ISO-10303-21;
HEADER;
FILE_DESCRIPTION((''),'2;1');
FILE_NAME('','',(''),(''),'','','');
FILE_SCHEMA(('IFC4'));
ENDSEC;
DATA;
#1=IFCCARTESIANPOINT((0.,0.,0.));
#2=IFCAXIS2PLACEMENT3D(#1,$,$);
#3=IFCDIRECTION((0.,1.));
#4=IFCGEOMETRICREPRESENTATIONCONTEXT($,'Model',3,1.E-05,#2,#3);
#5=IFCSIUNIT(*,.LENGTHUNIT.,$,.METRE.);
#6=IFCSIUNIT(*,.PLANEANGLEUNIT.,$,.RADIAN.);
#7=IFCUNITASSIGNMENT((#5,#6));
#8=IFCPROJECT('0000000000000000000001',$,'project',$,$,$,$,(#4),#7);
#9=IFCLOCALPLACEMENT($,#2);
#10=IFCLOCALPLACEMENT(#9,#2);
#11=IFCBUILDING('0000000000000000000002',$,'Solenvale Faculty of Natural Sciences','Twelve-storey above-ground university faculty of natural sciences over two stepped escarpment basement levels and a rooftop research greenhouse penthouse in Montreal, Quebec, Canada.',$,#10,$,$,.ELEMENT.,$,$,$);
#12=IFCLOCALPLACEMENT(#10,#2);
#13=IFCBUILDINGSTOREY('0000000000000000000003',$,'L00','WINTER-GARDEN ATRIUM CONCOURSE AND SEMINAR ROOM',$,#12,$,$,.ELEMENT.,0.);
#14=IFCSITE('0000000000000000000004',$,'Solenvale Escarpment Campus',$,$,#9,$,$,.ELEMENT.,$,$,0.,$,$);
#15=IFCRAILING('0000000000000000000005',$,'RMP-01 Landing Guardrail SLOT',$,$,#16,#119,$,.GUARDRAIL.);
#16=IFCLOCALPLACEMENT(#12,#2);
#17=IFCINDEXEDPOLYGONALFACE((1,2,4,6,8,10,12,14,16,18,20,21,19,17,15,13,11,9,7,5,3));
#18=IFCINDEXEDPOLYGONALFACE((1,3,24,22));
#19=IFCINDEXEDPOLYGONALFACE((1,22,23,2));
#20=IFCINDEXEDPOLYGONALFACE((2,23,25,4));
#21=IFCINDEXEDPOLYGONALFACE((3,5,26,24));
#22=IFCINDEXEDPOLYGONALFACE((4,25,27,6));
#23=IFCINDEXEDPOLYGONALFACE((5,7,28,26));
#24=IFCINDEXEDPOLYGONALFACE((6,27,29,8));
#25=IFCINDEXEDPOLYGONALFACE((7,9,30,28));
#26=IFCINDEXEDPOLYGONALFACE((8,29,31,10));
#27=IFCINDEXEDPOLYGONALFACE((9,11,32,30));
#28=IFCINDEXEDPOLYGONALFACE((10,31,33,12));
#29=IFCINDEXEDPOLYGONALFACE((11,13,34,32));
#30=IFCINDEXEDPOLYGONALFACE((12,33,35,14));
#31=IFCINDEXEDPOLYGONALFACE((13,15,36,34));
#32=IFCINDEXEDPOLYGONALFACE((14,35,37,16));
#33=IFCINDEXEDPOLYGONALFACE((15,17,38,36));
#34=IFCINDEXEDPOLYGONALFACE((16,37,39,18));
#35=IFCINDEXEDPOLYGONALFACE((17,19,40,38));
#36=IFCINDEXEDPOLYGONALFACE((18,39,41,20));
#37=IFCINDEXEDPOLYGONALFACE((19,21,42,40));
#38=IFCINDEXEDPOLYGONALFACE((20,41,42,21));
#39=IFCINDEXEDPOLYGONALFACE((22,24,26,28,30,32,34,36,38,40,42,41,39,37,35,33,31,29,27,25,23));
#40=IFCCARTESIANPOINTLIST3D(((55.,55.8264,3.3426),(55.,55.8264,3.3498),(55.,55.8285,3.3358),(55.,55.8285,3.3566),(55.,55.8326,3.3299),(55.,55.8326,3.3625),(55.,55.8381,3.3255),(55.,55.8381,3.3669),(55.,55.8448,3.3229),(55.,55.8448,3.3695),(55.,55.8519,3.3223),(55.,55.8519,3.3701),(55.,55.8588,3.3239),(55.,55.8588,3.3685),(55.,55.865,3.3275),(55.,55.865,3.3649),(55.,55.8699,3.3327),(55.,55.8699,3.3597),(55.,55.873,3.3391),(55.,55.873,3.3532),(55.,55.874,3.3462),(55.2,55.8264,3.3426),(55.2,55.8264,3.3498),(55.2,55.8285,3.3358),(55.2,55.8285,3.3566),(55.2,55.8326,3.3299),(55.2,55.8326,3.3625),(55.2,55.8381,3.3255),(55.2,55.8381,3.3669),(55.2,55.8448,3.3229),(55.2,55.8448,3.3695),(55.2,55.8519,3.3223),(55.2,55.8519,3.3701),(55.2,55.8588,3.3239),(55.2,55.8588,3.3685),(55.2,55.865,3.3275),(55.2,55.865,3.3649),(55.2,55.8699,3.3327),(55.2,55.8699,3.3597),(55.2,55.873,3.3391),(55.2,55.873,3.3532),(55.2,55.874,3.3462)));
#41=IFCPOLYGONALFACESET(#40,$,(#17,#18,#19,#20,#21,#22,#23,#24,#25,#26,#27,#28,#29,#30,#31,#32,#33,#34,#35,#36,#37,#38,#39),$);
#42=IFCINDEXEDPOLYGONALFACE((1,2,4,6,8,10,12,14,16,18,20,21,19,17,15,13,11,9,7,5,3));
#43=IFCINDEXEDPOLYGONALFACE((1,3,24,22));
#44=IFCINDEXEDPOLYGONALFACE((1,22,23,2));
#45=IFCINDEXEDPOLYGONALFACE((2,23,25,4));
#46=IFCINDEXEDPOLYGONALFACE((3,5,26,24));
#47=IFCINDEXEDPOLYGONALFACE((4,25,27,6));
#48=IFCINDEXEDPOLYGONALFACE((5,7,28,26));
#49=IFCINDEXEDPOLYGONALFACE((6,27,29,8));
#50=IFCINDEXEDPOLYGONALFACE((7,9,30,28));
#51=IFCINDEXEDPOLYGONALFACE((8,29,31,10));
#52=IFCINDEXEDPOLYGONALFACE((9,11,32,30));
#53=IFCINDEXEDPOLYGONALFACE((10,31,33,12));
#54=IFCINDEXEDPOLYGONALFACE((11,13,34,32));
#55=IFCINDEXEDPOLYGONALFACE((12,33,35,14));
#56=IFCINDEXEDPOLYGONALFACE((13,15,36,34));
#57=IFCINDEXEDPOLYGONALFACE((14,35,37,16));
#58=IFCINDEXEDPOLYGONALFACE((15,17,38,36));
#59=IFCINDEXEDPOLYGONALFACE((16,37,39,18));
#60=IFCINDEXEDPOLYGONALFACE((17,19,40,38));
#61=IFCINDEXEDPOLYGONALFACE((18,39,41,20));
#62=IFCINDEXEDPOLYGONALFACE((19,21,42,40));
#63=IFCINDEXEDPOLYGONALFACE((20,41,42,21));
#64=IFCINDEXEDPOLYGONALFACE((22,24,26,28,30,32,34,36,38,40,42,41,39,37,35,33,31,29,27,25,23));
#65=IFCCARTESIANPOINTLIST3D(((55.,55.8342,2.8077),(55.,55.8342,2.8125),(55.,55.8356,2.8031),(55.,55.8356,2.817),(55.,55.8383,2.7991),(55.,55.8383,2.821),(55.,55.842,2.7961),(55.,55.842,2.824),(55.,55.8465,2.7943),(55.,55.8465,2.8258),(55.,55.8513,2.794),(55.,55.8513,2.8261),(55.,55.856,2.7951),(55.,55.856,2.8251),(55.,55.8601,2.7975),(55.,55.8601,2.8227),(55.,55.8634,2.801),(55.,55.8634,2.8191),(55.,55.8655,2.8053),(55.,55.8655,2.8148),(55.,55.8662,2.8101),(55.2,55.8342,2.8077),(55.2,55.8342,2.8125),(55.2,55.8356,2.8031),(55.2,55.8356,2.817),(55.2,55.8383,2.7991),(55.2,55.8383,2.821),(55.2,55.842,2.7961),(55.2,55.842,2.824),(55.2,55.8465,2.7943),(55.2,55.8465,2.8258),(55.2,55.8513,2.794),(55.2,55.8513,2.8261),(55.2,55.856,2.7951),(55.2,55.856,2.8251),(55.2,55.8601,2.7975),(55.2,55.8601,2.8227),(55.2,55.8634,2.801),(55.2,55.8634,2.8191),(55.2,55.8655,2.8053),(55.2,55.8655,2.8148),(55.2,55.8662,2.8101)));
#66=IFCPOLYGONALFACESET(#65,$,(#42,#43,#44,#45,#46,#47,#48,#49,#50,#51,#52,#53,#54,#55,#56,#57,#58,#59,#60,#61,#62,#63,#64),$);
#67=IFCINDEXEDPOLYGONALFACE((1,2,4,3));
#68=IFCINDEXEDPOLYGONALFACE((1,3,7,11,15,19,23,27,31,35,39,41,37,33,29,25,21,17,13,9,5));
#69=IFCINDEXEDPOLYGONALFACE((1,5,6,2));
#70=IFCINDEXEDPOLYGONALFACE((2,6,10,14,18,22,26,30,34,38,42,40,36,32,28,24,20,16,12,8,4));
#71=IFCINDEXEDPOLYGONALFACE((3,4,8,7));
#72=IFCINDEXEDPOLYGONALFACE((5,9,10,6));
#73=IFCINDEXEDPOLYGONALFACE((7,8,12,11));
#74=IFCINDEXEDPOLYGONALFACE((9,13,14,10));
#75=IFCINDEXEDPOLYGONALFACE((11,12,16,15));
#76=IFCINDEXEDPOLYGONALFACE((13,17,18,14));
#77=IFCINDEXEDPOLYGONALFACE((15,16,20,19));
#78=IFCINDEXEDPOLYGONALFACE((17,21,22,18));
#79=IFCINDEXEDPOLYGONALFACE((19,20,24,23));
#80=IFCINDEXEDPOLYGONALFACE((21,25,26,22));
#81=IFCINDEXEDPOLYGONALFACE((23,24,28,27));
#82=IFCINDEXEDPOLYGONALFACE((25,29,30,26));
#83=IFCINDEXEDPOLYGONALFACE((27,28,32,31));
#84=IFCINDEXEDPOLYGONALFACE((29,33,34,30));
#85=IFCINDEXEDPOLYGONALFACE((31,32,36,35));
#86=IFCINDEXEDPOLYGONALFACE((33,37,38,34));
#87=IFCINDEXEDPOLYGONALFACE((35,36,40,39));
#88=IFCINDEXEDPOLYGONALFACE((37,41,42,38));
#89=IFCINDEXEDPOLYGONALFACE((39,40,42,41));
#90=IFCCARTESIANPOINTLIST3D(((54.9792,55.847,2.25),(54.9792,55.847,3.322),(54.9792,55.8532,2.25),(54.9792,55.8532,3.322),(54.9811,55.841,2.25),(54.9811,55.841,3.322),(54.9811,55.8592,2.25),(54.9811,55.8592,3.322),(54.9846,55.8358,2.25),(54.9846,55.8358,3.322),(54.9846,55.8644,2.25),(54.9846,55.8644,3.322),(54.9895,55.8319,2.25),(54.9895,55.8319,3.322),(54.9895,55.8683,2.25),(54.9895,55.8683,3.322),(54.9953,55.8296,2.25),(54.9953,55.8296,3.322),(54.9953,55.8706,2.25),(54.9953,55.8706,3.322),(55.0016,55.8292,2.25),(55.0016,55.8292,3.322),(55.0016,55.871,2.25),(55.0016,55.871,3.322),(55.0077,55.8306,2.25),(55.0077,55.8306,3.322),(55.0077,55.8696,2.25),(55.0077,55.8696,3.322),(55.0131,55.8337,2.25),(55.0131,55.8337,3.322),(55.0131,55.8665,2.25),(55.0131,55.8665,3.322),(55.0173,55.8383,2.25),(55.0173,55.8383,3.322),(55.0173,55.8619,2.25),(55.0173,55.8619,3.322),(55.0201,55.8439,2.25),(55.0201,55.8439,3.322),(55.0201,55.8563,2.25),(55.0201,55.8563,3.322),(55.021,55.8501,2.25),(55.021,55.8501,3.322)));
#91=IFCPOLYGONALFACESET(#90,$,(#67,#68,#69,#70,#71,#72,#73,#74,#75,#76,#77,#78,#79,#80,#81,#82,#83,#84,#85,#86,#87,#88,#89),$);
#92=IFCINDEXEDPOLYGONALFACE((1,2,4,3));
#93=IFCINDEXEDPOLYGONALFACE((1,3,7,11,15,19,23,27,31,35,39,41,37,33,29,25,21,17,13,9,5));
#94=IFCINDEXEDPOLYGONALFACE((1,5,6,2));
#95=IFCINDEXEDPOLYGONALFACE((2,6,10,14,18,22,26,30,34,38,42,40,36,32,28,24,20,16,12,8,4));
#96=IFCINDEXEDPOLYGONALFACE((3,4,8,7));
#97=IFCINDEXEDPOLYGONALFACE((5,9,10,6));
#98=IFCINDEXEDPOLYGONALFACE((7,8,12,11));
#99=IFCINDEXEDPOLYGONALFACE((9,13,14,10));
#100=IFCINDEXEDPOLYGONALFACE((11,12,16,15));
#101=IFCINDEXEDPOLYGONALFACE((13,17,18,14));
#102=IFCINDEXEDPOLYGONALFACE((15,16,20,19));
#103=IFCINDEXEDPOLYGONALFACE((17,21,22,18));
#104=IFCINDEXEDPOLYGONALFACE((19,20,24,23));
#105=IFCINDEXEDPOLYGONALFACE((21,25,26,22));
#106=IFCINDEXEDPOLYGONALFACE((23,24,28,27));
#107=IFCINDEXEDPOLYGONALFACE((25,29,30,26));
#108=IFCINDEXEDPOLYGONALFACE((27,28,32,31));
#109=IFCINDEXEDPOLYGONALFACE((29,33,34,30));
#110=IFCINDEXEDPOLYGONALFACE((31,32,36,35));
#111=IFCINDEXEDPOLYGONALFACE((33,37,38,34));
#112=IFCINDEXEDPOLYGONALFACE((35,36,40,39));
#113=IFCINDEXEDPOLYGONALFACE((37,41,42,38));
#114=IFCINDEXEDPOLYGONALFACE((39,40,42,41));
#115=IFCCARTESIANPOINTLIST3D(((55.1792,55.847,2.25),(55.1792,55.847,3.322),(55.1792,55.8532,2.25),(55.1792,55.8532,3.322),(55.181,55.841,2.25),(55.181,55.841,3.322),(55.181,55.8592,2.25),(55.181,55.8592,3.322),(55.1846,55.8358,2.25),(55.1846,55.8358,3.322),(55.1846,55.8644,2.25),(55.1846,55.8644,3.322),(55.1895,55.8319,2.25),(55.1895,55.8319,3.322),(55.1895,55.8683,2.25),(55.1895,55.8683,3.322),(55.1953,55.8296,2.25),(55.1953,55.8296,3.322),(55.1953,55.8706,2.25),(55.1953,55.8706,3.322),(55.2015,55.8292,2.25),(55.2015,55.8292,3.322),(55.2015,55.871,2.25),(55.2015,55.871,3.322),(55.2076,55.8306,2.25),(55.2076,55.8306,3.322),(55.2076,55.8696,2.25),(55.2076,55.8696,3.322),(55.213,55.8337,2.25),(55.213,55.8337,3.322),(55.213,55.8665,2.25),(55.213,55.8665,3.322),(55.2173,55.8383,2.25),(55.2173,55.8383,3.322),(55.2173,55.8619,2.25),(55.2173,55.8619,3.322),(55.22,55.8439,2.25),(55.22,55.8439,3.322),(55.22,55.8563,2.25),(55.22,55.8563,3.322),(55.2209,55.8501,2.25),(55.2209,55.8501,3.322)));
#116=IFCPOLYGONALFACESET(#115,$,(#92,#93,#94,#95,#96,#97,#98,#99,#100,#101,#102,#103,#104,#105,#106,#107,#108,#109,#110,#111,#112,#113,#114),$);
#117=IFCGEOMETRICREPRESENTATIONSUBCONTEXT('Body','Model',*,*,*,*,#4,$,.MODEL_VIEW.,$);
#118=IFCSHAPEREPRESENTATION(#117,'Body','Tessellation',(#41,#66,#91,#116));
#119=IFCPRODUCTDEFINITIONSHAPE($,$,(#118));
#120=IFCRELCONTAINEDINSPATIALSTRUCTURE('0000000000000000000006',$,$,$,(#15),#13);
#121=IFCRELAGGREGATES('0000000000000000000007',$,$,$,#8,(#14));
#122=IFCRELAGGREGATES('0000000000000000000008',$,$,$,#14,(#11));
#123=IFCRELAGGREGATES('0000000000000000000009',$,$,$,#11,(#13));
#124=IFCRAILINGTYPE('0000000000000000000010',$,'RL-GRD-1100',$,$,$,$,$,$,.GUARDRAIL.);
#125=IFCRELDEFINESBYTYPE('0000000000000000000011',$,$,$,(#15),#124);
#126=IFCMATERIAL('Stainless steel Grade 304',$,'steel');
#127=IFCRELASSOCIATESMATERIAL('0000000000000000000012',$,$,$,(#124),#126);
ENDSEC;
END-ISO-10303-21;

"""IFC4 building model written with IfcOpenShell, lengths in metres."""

from ifc_helpers import new_model, si_unit, direction, frame, origin, origin_2d, place, context, subcontext, project, spatial, circle, extrude, material, type_object, element, save


model = new_model("IFC4")

# Units and contexts
model_context = context("Model", 3, precision=1e-05, world=origin(), true_north=direction((0.0, 1.0)))
body_context = subcontext(model_context, "Body", "Model", "MODEL_VIEW")
ifc_project = project(units=[si_unit("LENGTHUNIT", "METRE"), si_unit("PLANEANGLEUNIT", "RADIAN")], contexts=[model_context])

# Site, building, storey
site_placement = place(None, origin())
site = spatial("IfcSite", under=ifc_project, at=site_placement, Name="Solenvale Escarpment Campus", CompositionType="ELEMENT", RefElevation=0.0)
building_placement = place(site_placement, origin())
building = spatial("IfcBuilding", under=site, at=building_placement, Name="Solenvale Faculty of Natural Sciences", Description="Twelve-storey above-ground university faculty of natural sciences over two stepped escarpment basement levels and a rooftop research greenhouse penthouse in Montreal, Quebec, Canada.", CompositionType="ELEMENT")
storey_placement = place(building_placement, origin())
storey = spatial("IfcBuildingStorey", under=building, at=storey_placement, Name="L00", Description="WINTER-GARDEN ATRIUM CONCOURSE AND SEMINAR ROOM", CompositionType="ELEMENT", Elevation=0.0)

# Railing
ifc_material_1 = material(Name="Stainless steel Grade 304", Category="steel")
railing_type_1 = type_object("IfcRailingType", Name="RL-GRD-1100", PredefinedType="GUARDRAIL", material=ifc_material_1)
railing_1_placement = place(storey_placement, frame((55.0, 55.8501, 2.25)))
element("IfcRailing", 1, at=railing_1_placement, inside=storey, type_object=railing_type_1, Name="RMP-01 Landing Guardrail SLOT", PredefinedType="GUARDRAIL", context=body_context, shape_type="SweptSolid", body=[
    extrude(circle(Radius=0.0239, at=origin_2d()), frame((0.0, 0.0, 1.0962), z_axis=(1.0, 0.0, 0.0), x_axis=(0.0, 1.0, 0.0)), (0.0, 0.0, 1.0), 0.2),
    extrude(circle(Radius=0.0161, at=origin_2d()), frame((0.0, 0.0, 0.5601), z_axis=(1.0, 0.0, 0.0), x_axis=(0.0, 1.0, 0.0)), (0.0, 0.0, 1.0), 0.2),
    extrude(circle(Radius=0.021, at=origin_2d()), origin(), (0.0, 0.0, 1.0), 1.072),
    extrude(circle(Radius=0.021, at=origin_2d()), frame((0.2, 0.0, 0.0)), (0.0, 0.0, 1.0), 1.072),
])

save(model, "model.ifc")
